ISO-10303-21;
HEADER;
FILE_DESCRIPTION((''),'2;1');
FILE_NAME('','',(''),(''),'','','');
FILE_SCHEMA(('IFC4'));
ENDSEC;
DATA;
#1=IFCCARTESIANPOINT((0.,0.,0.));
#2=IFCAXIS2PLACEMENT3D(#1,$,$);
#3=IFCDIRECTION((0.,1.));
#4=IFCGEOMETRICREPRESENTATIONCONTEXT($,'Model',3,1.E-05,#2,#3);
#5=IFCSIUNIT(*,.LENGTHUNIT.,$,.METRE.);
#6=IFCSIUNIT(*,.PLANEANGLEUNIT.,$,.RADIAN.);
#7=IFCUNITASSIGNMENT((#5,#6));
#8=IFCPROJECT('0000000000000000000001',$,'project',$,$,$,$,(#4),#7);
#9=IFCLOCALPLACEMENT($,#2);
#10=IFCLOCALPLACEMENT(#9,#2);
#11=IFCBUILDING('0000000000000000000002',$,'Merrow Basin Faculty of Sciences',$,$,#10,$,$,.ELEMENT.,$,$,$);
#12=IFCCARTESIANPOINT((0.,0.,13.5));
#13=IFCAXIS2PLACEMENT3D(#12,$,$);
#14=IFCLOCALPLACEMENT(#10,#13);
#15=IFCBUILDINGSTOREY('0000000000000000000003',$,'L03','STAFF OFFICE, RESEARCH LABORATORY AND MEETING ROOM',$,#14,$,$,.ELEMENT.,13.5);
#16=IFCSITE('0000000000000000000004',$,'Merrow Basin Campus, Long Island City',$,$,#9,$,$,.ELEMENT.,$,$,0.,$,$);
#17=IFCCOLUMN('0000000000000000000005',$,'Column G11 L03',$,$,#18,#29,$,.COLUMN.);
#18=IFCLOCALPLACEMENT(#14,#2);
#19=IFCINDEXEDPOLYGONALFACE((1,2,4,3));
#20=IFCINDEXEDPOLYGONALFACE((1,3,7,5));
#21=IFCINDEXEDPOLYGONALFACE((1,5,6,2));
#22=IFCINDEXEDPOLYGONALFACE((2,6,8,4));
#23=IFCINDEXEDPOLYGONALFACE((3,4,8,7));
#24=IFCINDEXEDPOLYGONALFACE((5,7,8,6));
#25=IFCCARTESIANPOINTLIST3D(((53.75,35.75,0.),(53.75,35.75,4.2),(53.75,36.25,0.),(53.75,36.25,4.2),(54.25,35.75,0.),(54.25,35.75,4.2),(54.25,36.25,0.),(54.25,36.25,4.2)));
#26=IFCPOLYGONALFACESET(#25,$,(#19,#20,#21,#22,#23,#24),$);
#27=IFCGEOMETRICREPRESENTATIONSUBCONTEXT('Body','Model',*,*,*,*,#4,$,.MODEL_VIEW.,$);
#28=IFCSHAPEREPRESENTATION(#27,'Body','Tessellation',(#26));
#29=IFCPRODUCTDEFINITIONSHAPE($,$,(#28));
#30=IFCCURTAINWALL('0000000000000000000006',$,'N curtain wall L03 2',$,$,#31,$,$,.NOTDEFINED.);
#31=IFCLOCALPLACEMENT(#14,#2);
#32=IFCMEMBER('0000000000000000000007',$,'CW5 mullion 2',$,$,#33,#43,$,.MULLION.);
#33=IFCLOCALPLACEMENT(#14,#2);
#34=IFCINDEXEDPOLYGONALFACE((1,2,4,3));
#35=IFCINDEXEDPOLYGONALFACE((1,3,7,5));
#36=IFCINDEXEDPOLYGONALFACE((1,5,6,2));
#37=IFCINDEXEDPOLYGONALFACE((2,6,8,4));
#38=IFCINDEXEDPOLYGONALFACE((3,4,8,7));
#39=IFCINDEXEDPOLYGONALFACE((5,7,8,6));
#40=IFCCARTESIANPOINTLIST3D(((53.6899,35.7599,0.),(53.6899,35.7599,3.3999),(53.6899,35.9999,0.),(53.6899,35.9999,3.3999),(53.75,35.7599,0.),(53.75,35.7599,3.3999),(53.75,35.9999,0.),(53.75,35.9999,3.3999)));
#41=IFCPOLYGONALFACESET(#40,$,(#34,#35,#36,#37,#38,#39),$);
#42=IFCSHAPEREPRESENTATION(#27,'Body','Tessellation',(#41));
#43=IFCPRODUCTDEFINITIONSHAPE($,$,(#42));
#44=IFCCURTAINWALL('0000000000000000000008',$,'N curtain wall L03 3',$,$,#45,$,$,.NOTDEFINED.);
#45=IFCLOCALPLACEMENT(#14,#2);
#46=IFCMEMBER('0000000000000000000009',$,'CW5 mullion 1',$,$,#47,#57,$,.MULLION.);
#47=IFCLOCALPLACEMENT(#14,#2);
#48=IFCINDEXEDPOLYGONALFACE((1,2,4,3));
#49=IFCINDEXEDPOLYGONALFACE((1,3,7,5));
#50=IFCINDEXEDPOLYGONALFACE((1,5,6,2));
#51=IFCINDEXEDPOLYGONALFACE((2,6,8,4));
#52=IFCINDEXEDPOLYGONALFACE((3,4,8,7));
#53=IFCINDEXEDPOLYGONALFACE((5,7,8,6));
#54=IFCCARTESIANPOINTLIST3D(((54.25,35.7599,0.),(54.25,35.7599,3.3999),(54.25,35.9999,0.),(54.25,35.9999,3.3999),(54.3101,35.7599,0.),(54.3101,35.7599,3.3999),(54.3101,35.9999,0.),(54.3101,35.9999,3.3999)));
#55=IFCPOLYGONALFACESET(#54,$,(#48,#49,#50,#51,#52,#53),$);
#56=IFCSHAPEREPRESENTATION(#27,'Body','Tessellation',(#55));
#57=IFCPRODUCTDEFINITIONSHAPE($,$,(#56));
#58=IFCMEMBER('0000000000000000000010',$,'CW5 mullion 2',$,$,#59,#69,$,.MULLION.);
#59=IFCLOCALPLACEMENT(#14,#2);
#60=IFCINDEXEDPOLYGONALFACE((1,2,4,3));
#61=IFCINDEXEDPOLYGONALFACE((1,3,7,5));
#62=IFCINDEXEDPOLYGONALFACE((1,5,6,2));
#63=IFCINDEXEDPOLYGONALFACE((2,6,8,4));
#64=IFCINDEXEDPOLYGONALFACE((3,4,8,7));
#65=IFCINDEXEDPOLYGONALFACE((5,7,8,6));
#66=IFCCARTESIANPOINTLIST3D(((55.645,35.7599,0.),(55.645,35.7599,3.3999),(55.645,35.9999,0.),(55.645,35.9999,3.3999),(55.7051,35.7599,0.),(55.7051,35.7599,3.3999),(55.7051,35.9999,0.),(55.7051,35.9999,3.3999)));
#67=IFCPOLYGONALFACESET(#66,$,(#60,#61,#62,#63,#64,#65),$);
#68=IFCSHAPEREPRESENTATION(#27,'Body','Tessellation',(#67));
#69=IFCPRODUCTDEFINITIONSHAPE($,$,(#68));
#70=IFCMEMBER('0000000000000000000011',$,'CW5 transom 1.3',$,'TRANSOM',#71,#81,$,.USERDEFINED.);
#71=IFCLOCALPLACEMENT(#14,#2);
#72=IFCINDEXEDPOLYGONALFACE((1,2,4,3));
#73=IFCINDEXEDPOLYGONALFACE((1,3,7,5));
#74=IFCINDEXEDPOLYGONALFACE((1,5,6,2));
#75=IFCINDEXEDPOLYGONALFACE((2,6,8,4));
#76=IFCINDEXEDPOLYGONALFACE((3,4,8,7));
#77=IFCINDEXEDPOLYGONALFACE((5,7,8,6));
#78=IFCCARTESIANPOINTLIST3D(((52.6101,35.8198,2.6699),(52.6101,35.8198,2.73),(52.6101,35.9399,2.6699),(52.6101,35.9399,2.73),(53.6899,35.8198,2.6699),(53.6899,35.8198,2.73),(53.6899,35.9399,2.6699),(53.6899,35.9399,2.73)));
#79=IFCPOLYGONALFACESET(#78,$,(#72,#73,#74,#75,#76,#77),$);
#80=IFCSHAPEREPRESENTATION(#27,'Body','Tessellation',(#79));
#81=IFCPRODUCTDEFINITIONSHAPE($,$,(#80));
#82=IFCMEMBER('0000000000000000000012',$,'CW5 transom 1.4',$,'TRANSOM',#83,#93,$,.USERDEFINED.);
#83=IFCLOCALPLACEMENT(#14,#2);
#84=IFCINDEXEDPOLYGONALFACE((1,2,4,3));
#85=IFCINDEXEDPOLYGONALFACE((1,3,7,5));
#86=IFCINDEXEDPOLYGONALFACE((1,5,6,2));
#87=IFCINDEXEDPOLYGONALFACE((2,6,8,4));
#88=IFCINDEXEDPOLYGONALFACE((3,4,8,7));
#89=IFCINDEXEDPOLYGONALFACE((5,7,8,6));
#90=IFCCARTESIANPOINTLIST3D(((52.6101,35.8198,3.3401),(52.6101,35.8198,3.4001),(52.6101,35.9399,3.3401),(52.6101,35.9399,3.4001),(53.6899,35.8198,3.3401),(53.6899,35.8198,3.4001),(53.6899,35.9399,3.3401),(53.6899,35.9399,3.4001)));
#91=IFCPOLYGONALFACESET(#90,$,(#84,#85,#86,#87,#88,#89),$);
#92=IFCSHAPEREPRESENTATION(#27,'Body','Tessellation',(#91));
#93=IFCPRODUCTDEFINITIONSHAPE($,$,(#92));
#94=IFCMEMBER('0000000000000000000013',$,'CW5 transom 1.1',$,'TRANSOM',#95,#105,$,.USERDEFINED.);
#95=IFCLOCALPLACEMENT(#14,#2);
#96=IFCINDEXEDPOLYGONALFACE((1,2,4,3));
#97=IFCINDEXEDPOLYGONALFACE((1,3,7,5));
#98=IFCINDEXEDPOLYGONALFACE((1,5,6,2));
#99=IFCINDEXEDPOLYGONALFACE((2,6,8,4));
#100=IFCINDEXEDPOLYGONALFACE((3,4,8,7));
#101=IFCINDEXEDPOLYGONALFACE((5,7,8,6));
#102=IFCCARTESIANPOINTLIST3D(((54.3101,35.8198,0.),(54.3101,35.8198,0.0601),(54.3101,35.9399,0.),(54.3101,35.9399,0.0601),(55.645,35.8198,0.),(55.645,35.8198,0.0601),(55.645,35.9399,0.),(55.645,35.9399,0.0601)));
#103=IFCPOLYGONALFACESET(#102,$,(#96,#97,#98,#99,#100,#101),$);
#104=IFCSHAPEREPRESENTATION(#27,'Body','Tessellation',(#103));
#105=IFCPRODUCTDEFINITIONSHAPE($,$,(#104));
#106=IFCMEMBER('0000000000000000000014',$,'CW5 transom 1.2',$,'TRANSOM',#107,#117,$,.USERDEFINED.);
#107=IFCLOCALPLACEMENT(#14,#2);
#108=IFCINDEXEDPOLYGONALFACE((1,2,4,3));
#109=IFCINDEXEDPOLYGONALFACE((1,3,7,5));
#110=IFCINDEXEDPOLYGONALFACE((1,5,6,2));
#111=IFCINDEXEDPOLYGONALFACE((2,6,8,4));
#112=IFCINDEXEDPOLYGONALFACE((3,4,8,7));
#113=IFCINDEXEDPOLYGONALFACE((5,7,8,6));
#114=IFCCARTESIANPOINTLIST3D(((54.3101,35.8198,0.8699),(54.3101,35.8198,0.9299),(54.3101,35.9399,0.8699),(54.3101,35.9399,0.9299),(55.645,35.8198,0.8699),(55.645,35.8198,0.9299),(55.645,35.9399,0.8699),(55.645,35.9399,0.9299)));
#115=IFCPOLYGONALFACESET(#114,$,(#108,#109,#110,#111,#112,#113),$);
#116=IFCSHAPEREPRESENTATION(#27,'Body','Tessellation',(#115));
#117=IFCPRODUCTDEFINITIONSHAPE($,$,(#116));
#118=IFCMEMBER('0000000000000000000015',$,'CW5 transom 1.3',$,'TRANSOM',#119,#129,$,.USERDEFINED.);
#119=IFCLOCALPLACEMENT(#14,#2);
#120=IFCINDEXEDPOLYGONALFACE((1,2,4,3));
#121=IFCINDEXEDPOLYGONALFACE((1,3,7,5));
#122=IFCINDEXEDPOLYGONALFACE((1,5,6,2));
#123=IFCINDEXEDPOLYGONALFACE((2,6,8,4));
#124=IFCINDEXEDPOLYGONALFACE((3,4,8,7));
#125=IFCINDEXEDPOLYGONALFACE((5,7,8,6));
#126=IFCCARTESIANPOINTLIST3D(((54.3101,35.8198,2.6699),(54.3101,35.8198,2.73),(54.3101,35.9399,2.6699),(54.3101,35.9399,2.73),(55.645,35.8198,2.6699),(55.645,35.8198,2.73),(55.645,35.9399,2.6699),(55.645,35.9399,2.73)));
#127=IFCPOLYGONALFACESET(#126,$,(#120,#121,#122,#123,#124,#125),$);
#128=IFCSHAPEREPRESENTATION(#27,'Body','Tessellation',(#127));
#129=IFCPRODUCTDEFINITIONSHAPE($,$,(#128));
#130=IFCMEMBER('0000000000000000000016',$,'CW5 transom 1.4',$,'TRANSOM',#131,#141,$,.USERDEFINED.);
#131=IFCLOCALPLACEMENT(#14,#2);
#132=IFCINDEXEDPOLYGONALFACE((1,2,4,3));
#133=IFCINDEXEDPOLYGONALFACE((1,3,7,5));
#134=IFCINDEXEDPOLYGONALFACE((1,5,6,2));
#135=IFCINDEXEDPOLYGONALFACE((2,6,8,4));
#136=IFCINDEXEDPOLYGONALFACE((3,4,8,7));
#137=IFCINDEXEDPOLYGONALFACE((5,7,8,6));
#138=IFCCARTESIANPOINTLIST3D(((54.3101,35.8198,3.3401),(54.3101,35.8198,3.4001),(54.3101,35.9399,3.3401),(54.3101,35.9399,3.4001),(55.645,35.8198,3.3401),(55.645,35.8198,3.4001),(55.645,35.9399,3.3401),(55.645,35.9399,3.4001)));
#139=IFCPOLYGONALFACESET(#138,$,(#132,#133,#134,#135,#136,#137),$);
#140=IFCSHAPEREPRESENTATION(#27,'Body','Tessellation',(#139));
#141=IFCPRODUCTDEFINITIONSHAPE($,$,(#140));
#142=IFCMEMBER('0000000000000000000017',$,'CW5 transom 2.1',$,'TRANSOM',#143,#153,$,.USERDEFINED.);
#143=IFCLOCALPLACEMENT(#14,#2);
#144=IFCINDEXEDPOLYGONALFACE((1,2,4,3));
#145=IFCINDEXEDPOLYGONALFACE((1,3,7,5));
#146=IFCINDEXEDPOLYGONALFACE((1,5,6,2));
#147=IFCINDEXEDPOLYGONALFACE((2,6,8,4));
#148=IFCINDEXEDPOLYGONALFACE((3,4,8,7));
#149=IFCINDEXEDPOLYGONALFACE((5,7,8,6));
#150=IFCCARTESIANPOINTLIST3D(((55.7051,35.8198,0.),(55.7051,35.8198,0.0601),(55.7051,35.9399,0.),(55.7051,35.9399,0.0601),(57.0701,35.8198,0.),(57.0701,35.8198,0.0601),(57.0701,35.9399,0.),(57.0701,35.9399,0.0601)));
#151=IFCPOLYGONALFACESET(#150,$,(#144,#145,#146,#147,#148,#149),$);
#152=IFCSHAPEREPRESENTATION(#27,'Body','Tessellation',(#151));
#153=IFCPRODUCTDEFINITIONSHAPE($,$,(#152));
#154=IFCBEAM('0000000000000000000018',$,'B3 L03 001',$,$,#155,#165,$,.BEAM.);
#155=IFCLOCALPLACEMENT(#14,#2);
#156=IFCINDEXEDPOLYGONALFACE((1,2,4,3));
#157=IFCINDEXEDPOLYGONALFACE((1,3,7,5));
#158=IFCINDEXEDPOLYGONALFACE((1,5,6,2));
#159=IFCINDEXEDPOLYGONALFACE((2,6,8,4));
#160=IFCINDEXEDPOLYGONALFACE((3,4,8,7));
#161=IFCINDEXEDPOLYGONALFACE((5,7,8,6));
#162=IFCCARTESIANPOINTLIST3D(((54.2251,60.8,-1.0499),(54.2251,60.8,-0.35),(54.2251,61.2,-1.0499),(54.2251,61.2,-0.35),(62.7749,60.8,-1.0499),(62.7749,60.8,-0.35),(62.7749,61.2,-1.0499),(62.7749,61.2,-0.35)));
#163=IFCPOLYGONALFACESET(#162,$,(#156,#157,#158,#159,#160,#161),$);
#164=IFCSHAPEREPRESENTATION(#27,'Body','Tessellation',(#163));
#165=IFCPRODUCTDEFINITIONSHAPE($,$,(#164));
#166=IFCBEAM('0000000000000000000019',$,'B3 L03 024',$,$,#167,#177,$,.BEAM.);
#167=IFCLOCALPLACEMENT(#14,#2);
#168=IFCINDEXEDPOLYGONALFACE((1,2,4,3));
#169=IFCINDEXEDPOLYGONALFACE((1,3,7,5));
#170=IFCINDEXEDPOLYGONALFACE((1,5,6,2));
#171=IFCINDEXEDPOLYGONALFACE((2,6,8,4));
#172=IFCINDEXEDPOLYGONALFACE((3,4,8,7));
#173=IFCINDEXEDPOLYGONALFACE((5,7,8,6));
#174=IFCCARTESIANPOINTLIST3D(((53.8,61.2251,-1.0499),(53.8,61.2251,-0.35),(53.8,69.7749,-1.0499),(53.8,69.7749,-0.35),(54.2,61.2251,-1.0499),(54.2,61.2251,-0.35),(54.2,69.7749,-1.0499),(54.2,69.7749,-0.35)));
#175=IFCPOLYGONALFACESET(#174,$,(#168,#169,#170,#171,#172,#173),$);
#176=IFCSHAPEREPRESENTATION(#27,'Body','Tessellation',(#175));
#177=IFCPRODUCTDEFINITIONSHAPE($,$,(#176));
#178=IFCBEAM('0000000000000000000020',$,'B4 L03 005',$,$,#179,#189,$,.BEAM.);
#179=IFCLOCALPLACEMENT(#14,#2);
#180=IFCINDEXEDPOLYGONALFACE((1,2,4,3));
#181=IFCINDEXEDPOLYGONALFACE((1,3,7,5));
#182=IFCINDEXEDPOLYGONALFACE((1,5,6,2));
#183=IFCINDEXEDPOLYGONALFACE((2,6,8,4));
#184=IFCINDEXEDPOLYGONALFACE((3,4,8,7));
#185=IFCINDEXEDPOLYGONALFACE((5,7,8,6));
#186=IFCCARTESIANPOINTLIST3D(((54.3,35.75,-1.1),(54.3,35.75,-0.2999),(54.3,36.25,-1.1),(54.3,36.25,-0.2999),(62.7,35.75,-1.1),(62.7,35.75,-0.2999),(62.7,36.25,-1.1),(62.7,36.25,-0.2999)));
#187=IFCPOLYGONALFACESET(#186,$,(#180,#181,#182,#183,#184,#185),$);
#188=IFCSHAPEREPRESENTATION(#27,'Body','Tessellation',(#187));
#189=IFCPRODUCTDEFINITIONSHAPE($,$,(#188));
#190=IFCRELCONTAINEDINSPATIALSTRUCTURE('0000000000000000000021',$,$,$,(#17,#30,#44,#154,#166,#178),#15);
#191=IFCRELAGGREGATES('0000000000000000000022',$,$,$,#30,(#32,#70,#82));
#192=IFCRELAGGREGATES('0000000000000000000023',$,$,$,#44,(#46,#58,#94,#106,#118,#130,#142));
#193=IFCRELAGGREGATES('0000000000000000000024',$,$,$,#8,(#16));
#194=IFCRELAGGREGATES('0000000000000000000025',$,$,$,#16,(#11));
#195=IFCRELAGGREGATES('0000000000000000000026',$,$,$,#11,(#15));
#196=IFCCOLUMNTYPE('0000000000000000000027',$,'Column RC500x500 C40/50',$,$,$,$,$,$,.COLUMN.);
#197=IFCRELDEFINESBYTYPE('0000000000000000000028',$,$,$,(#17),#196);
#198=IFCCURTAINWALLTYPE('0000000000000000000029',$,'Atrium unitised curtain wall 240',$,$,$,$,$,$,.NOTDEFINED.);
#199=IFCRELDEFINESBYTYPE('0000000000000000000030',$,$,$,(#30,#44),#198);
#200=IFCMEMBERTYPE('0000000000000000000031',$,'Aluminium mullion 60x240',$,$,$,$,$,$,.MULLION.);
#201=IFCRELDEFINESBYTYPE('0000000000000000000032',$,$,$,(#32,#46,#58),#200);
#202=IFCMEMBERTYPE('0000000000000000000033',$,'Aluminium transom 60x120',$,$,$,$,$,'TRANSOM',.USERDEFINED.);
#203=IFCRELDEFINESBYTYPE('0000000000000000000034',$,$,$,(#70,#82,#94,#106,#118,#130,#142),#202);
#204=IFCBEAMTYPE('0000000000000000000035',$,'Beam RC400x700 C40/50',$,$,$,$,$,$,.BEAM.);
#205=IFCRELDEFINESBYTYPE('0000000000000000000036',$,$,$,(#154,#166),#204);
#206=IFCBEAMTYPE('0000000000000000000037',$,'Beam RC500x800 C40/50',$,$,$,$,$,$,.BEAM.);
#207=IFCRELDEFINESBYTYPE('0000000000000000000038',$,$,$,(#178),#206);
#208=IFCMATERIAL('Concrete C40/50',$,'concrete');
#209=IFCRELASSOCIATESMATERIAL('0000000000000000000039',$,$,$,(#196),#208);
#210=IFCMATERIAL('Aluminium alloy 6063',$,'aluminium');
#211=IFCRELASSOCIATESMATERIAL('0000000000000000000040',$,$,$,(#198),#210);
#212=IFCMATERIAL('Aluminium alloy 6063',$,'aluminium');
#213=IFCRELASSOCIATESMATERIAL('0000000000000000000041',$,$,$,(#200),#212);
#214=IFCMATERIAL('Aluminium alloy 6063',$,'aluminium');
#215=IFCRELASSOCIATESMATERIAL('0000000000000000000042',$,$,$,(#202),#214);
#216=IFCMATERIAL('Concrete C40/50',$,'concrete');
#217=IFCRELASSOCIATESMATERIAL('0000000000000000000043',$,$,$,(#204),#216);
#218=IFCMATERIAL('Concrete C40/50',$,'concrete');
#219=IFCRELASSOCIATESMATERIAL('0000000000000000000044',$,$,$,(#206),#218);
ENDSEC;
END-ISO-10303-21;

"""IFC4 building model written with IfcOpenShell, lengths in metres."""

from ifc_helpers import new_model, si_unit, direction, frame, origin, origin_2d, place, context, subcontext, project, spatial, rectangle, extrude, material, material_profile, profile_set, type_object, element, aggregate, save


model = new_model("IFC4")

# Units and contexts
model_context = context("Model", 3, precision=1e-05, world=origin(), true_north=direction((0.0, 1.0)))
body_context = subcontext(model_context, "Body", "Model", "MODEL_VIEW")
ifc_project = project(units=[si_unit("LENGTHUNIT", "METRE"), si_unit("PLANEANGLEUNIT", "RADIAN")], contexts=[model_context])

# Site, building, storey
site_placement = place(None, origin())
site = spatial("IfcSite", under=ifc_project, at=site_placement, Name="Merrow Basin Campus, Long Island City", CompositionType="ELEMENT", RefElevation=0.0)
building_placement = place(site_placement, origin())
building = spatial("IfcBuilding", under=site, at=building_placement, Name="Merrow Basin Faculty of Sciences", CompositionType="ELEMENT")
storey_placement = place(building_placement, frame((0.0, 0.0, 13.5)))
storey = spatial("IfcBuildingStorey", under=building, at=storey_placement, Name="L03", Description="STAFF OFFICE, RESEARCH LABORATORY AND MEETING ROOM", CompositionType="ELEMENT", Elevation=13.5)

# Column
ifc_material_1 = material(Name="Concrete C40/50", Category="concrete")
ifc_material_profile_1 = material_profile(ifc_material_1, rectangle(XDim=0.5, YDim=0.5, at=origin_2d()))
ifc_profile_set_1 = profile_set([ifc_material_profile_1], Name="Concrete C40/50")
column_type = type_object("IfcColumnType", Name="Column RC500x500 C40/50", PredefinedType="COLUMN", material=ifc_profile_set_1)
column_placement = place(storey_placement, frame((54.0, 36.0, 0.0), z_axis=(0.0, 0.0, 1.0), x_axis=(1.0, 0.0, 0.0)))
element("IfcColumn", 1, at=column_placement, inside=storey, type_object=column_type, Name="Column G11 L03", PredefinedType="COLUMN", context=body_context, shape_type="SweptSolid", body=[
    extrude(rectangle(XDim=0.5, YDim=0.5, at=origin_2d()), origin(), (0.0, 0.0, 1.0), 4.2),
])

# Curtain wall, member
ifc_material_2 = material(Name="Aluminium alloy 6063", Category="aluminium")
curtain_wall_type = type_object("IfcCurtainWallType", Name="Atrium unitised curtain wall 240", PredefinedType="NOTDEFINED", material=ifc_material_2)
curtain_wall_1_placement = place(storey_placement, origin())
curtain_wall_1 = element("IfcCurtainWall", 2, at=curtain_wall_1_placement, inside=storey, type_object=curtain_wall_type, Name="N curtain wall L03 2", PredefinedType="NOTDEFINED")
ifc_material_3 = material(Name="Aluminium alloy 6063", Category="aluminium")
ifc_material_profile_2 = material_profile(ifc_material_3, rectangle(XDim=0.24, YDim=0.0601, at=origin_2d()))
ifc_profile_set_2 = profile_set([ifc_material_profile_2], Name="Aluminium alloy 6063")
member_type_1 = type_object("IfcMemberType", Name="Aluminium mullion 60x240", PredefinedType="MULLION", material=ifc_profile_set_2)
member_1_placement = place(storey_placement, frame((53.72, 35.8799, 0.0), z_axis=(0.0, 0.0, 1.0), x_axis=(0.0, 1.0, 0.0)))
member_1 = element("IfcMember", 3, at=member_1_placement, type_object=member_type_1, Name="CW5 mullion 2", PredefinedType="MULLION", context=body_context, shape_type="SweptSolid", body=[
    extrude(rectangle(XDim=0.24, YDim=0.0601, at=origin_2d()), origin(), (0.0, 0.0, 1.0), 3.3999),
])

# Curtain wall, members
curtain_wall_2_placement = place(storey_placement, origin())
curtain_wall_2 = element("IfcCurtainWall", 4, at=curtain_wall_2_placement, inside=storey, type_object=curtain_wall_type, Name="N curtain wall L03 3", PredefinedType="NOTDEFINED")
member_2_placement = place(storey_placement, frame((54.28, 35.8799, 0.0), z_axis=(0.0, 0.0, 1.0), x_axis=(0.0, 1.0, 0.0)))
member_2 = element("IfcMember", 5, at=member_2_placement, type_object=member_type_1, Name="CW5 mullion 1", PredefinedType="MULLION", context=body_context, shape_type="SweptSolid", body=[
    extrude(rectangle(XDim=0.24, YDim=0.0601, at=origin_2d()), origin(), (0.0, 0.0, 1.0), 3.3999),
])
member_3_placement = place(storey_placement, frame((55.675, 35.8799, 0.0), z_axis=(0.0, 0.0, 1.0), x_axis=(0.0, 1.0, 0.0)))
member_3 = element("IfcMember", 6, at=member_3_placement, type_object=member_type_1, Name="CW5 mullion 2", PredefinedType="MULLION", context=body_context, shape_type="SweptSolid", body=[
    extrude(rectangle(XDim=0.24, YDim=0.0601, at=origin_2d()), origin(), (0.0, 0.0, 1.0), 3.3999),
])

# Members
ifc_material_4 = material(Name="Aluminium alloy 6063", Category="aluminium")
ifc_material_profile_3 = material_profile(ifc_material_4, rectangle(XDim=0.1201, YDim=0.0601, at=origin_2d()))
ifc_profile_set_3 = profile_set([ifc_material_profile_3], Name="Aluminium alloy 6063")
member_type_2 = type_object("IfcMemberType", Name="Aluminium transom 60x120", ElementType="TRANSOM", PredefinedType="USERDEFINED", material=ifc_profile_set_3)
member_4_placement = place(storey_placement, frame((52.6101, 35.8799, 2.7), z_axis=(1.0, 0.0, 0.0), x_axis=(0.0, 1.0, 0.0)))
member_4 = element("IfcMember", 7, at=member_4_placement, type_object=member_type_2, Name="CW5 transom 1.3", ObjectType="TRANSOM", PredefinedType="USERDEFINED", context=body_context, shape_type="SweptSolid", body=[
    extrude(rectangle(XDim=0.1201, YDim=0.0601, at=origin_2d()), origin(), (0.0, 0.0, 1.0), 1.0798),
])
member_5_placement = place(storey_placement, frame((52.6101, 35.8799, 3.3701), z_axis=(1.0, 0.0, 0.0), x_axis=(0.0, 1.0, 0.0)))
member_5 = element("IfcMember", 8, at=member_5_placement, type_object=member_type_2, Name="CW5 transom 1.4", ObjectType="TRANSOM", PredefinedType="USERDEFINED", context=body_context, shape_type="SweptSolid", body=[
    extrude(rectangle(XDim=0.1201, YDim=0.0601, at=origin_2d()), origin(), (0.0, 0.0, 1.0), 1.0798),
])
member_6_placement = place(storey_placement, frame((54.3101, 35.8799, 0.03), z_axis=(1.0, 0.0, 0.0), x_axis=(0.0, 1.0, 0.0)))
member_6 = element("IfcMember", 9, at=member_6_placement, type_object=member_type_2, Name="CW5 transom 1.1", ObjectType="TRANSOM", PredefinedType="USERDEFINED", context=body_context, shape_type="SweptSolid", body=[
    extrude(rectangle(XDim=0.1201, YDim=0.0601, at=origin_2d()), origin(), (0.0, 0.0, 1.0), 1.335),
])
member_7_placement = place(storey_placement, frame((54.3101, 35.8799, 0.8999), z_axis=(1.0, 0.0, 0.0), x_axis=(0.0, 1.0, 0.0)))
member_7 = element("IfcMember", 10, at=member_7_placement, type_object=member_type_2, Name="CW5 transom 1.2", ObjectType="TRANSOM", PredefinedType="USERDEFINED", context=body_context, shape_type="SweptSolid", body=[
    extrude(rectangle(XDim=0.1201, YDim=0.0601, at=origin_2d()), origin(), (0.0, 0.0, 1.0), 1.335),
])
member_8_placement = place(storey_placement, frame((54.3101, 35.8799, 2.7), z_axis=(1.0, 0.0, 0.0), x_axis=(0.0, 1.0, 0.0)))
member_8 = element("IfcMember", 11, at=member_8_placement, type_object=member_type_2, Name="CW5 transom 1.3", ObjectType="TRANSOM", PredefinedType="USERDEFINED", context=body_context, shape_type="SweptSolid", body=[
    extrude(rectangle(XDim=0.1201, YDim=0.0601, at=origin_2d()), origin(), (0.0, 0.0, 1.0), 1.335),
])
member_9_placement = place(storey_placement, frame((54.3101, 35.8799, 3.3701), z_axis=(1.0, 0.0, 0.0), x_axis=(0.0, 1.0, 0.0)))
member_9 = element("IfcMember", 12, at=member_9_placement, type_object=member_type_2, Name="CW5 transom 1.4", ObjectType="TRANSOM", PredefinedType="USERDEFINED", context=body_context, shape_type="SweptSolid", body=[
    extrude(rectangle(XDim=0.1201, YDim=0.0601, at=origin_2d()), origin(), (0.0, 0.0, 1.0), 1.335),
])
member_10_placement = place(storey_placement, frame((55.7051, 35.8799, 0.03), z_axis=(1.0, 0.0, 0.0), x_axis=(0.0, 1.0, 0.0)))
member_10 = element("IfcMember", 13, at=member_10_placement, type_object=member_type_2, Name="CW5 transom 2.1", ObjectType="TRANSOM", PredefinedType="USERDEFINED", context=body_context, shape_type="SweptSolid", body=[
    extrude(rectangle(XDim=0.1201, YDim=0.0601, at=origin_2d()), origin(), (0.0, 0.0, 1.0), 1.365),
])

# Beams
ifc_material_5 = material(Name="Concrete C40/50", Category="concrete")
ifc_material_profile_4 = material_profile(ifc_material_5, rectangle(XDim=0.3999, YDim=0.7, at=origin_2d()))
ifc_profile_set_4 = profile_set([ifc_material_profile_4], Name="Concrete C40/50")
beam_type_1 = type_object("IfcBeamType", Name="Beam RC400x700 C40/50", PredefinedType="BEAM", material=ifc_profile_set_4)
for number, where, z_axis, x_axis, name in (
    (14, (54.2251, 61.0, -0.7), (1.0, 0.0, 0.0), (0.0, 1.0, 0.0), "B3 L03 001"),
    (15, (54.0, 61.2251, -0.7), (0.0, 1.0, 0.0), (-1.0, 0.0, 0.0), "B3 L03 024"),
):
    element("IfcBeam", number, at=place(storey_placement, frame(where, z_axis=z_axis, x_axis=x_axis)), inside=storey, type_object=beam_type_1, Name=name, PredefinedType="BEAM", context=body_context, shape_type="SweptSolid", body=[
        extrude(rectangle(XDim=0.3999, YDim=0.7, at=origin_2d()), origin(), (0.0, 0.0, 1.0), 8.5498),
    ])
ifc_material_6 = material(Name="Concrete C40/50", Category="concrete")
ifc_material_profile_5 = material_profile(ifc_material_6, rectangle(XDim=0.5, YDim=0.8, at=origin_2d()))
ifc_profile_set_5 = profile_set([ifc_material_profile_5], Name="Concrete C40/50")
beam_type_2 = type_object("IfcBeamType", Name="Beam RC500x800 C40/50", PredefinedType="BEAM", material=ifc_profile_set_5)
beam_placement = place(storey_placement, frame((54.3, 36.0, -0.7), z_axis=(1.0, 0.0, 0.0), x_axis=(0.0, 1.0, 0.0)))
element("IfcBeam", 16, at=beam_placement, inside=storey, type_object=beam_type_2, Name="B4 L03 005", PredefinedType="BEAM", context=body_context, shape_type="SweptSolid", body=[
    extrude(rectangle(XDim=0.5, YDim=0.8, at=origin_2d()), origin(), (0.0, 0.0, 1.0), 8.3999),
])

aggregate(curtain_wall_1, [member_1, member_4, member_5])
aggregate(curtain_wall_2, [member_2, member_3, member_6, member_7, member_8, member_9, member_10])

save(model, "model.ifc")
